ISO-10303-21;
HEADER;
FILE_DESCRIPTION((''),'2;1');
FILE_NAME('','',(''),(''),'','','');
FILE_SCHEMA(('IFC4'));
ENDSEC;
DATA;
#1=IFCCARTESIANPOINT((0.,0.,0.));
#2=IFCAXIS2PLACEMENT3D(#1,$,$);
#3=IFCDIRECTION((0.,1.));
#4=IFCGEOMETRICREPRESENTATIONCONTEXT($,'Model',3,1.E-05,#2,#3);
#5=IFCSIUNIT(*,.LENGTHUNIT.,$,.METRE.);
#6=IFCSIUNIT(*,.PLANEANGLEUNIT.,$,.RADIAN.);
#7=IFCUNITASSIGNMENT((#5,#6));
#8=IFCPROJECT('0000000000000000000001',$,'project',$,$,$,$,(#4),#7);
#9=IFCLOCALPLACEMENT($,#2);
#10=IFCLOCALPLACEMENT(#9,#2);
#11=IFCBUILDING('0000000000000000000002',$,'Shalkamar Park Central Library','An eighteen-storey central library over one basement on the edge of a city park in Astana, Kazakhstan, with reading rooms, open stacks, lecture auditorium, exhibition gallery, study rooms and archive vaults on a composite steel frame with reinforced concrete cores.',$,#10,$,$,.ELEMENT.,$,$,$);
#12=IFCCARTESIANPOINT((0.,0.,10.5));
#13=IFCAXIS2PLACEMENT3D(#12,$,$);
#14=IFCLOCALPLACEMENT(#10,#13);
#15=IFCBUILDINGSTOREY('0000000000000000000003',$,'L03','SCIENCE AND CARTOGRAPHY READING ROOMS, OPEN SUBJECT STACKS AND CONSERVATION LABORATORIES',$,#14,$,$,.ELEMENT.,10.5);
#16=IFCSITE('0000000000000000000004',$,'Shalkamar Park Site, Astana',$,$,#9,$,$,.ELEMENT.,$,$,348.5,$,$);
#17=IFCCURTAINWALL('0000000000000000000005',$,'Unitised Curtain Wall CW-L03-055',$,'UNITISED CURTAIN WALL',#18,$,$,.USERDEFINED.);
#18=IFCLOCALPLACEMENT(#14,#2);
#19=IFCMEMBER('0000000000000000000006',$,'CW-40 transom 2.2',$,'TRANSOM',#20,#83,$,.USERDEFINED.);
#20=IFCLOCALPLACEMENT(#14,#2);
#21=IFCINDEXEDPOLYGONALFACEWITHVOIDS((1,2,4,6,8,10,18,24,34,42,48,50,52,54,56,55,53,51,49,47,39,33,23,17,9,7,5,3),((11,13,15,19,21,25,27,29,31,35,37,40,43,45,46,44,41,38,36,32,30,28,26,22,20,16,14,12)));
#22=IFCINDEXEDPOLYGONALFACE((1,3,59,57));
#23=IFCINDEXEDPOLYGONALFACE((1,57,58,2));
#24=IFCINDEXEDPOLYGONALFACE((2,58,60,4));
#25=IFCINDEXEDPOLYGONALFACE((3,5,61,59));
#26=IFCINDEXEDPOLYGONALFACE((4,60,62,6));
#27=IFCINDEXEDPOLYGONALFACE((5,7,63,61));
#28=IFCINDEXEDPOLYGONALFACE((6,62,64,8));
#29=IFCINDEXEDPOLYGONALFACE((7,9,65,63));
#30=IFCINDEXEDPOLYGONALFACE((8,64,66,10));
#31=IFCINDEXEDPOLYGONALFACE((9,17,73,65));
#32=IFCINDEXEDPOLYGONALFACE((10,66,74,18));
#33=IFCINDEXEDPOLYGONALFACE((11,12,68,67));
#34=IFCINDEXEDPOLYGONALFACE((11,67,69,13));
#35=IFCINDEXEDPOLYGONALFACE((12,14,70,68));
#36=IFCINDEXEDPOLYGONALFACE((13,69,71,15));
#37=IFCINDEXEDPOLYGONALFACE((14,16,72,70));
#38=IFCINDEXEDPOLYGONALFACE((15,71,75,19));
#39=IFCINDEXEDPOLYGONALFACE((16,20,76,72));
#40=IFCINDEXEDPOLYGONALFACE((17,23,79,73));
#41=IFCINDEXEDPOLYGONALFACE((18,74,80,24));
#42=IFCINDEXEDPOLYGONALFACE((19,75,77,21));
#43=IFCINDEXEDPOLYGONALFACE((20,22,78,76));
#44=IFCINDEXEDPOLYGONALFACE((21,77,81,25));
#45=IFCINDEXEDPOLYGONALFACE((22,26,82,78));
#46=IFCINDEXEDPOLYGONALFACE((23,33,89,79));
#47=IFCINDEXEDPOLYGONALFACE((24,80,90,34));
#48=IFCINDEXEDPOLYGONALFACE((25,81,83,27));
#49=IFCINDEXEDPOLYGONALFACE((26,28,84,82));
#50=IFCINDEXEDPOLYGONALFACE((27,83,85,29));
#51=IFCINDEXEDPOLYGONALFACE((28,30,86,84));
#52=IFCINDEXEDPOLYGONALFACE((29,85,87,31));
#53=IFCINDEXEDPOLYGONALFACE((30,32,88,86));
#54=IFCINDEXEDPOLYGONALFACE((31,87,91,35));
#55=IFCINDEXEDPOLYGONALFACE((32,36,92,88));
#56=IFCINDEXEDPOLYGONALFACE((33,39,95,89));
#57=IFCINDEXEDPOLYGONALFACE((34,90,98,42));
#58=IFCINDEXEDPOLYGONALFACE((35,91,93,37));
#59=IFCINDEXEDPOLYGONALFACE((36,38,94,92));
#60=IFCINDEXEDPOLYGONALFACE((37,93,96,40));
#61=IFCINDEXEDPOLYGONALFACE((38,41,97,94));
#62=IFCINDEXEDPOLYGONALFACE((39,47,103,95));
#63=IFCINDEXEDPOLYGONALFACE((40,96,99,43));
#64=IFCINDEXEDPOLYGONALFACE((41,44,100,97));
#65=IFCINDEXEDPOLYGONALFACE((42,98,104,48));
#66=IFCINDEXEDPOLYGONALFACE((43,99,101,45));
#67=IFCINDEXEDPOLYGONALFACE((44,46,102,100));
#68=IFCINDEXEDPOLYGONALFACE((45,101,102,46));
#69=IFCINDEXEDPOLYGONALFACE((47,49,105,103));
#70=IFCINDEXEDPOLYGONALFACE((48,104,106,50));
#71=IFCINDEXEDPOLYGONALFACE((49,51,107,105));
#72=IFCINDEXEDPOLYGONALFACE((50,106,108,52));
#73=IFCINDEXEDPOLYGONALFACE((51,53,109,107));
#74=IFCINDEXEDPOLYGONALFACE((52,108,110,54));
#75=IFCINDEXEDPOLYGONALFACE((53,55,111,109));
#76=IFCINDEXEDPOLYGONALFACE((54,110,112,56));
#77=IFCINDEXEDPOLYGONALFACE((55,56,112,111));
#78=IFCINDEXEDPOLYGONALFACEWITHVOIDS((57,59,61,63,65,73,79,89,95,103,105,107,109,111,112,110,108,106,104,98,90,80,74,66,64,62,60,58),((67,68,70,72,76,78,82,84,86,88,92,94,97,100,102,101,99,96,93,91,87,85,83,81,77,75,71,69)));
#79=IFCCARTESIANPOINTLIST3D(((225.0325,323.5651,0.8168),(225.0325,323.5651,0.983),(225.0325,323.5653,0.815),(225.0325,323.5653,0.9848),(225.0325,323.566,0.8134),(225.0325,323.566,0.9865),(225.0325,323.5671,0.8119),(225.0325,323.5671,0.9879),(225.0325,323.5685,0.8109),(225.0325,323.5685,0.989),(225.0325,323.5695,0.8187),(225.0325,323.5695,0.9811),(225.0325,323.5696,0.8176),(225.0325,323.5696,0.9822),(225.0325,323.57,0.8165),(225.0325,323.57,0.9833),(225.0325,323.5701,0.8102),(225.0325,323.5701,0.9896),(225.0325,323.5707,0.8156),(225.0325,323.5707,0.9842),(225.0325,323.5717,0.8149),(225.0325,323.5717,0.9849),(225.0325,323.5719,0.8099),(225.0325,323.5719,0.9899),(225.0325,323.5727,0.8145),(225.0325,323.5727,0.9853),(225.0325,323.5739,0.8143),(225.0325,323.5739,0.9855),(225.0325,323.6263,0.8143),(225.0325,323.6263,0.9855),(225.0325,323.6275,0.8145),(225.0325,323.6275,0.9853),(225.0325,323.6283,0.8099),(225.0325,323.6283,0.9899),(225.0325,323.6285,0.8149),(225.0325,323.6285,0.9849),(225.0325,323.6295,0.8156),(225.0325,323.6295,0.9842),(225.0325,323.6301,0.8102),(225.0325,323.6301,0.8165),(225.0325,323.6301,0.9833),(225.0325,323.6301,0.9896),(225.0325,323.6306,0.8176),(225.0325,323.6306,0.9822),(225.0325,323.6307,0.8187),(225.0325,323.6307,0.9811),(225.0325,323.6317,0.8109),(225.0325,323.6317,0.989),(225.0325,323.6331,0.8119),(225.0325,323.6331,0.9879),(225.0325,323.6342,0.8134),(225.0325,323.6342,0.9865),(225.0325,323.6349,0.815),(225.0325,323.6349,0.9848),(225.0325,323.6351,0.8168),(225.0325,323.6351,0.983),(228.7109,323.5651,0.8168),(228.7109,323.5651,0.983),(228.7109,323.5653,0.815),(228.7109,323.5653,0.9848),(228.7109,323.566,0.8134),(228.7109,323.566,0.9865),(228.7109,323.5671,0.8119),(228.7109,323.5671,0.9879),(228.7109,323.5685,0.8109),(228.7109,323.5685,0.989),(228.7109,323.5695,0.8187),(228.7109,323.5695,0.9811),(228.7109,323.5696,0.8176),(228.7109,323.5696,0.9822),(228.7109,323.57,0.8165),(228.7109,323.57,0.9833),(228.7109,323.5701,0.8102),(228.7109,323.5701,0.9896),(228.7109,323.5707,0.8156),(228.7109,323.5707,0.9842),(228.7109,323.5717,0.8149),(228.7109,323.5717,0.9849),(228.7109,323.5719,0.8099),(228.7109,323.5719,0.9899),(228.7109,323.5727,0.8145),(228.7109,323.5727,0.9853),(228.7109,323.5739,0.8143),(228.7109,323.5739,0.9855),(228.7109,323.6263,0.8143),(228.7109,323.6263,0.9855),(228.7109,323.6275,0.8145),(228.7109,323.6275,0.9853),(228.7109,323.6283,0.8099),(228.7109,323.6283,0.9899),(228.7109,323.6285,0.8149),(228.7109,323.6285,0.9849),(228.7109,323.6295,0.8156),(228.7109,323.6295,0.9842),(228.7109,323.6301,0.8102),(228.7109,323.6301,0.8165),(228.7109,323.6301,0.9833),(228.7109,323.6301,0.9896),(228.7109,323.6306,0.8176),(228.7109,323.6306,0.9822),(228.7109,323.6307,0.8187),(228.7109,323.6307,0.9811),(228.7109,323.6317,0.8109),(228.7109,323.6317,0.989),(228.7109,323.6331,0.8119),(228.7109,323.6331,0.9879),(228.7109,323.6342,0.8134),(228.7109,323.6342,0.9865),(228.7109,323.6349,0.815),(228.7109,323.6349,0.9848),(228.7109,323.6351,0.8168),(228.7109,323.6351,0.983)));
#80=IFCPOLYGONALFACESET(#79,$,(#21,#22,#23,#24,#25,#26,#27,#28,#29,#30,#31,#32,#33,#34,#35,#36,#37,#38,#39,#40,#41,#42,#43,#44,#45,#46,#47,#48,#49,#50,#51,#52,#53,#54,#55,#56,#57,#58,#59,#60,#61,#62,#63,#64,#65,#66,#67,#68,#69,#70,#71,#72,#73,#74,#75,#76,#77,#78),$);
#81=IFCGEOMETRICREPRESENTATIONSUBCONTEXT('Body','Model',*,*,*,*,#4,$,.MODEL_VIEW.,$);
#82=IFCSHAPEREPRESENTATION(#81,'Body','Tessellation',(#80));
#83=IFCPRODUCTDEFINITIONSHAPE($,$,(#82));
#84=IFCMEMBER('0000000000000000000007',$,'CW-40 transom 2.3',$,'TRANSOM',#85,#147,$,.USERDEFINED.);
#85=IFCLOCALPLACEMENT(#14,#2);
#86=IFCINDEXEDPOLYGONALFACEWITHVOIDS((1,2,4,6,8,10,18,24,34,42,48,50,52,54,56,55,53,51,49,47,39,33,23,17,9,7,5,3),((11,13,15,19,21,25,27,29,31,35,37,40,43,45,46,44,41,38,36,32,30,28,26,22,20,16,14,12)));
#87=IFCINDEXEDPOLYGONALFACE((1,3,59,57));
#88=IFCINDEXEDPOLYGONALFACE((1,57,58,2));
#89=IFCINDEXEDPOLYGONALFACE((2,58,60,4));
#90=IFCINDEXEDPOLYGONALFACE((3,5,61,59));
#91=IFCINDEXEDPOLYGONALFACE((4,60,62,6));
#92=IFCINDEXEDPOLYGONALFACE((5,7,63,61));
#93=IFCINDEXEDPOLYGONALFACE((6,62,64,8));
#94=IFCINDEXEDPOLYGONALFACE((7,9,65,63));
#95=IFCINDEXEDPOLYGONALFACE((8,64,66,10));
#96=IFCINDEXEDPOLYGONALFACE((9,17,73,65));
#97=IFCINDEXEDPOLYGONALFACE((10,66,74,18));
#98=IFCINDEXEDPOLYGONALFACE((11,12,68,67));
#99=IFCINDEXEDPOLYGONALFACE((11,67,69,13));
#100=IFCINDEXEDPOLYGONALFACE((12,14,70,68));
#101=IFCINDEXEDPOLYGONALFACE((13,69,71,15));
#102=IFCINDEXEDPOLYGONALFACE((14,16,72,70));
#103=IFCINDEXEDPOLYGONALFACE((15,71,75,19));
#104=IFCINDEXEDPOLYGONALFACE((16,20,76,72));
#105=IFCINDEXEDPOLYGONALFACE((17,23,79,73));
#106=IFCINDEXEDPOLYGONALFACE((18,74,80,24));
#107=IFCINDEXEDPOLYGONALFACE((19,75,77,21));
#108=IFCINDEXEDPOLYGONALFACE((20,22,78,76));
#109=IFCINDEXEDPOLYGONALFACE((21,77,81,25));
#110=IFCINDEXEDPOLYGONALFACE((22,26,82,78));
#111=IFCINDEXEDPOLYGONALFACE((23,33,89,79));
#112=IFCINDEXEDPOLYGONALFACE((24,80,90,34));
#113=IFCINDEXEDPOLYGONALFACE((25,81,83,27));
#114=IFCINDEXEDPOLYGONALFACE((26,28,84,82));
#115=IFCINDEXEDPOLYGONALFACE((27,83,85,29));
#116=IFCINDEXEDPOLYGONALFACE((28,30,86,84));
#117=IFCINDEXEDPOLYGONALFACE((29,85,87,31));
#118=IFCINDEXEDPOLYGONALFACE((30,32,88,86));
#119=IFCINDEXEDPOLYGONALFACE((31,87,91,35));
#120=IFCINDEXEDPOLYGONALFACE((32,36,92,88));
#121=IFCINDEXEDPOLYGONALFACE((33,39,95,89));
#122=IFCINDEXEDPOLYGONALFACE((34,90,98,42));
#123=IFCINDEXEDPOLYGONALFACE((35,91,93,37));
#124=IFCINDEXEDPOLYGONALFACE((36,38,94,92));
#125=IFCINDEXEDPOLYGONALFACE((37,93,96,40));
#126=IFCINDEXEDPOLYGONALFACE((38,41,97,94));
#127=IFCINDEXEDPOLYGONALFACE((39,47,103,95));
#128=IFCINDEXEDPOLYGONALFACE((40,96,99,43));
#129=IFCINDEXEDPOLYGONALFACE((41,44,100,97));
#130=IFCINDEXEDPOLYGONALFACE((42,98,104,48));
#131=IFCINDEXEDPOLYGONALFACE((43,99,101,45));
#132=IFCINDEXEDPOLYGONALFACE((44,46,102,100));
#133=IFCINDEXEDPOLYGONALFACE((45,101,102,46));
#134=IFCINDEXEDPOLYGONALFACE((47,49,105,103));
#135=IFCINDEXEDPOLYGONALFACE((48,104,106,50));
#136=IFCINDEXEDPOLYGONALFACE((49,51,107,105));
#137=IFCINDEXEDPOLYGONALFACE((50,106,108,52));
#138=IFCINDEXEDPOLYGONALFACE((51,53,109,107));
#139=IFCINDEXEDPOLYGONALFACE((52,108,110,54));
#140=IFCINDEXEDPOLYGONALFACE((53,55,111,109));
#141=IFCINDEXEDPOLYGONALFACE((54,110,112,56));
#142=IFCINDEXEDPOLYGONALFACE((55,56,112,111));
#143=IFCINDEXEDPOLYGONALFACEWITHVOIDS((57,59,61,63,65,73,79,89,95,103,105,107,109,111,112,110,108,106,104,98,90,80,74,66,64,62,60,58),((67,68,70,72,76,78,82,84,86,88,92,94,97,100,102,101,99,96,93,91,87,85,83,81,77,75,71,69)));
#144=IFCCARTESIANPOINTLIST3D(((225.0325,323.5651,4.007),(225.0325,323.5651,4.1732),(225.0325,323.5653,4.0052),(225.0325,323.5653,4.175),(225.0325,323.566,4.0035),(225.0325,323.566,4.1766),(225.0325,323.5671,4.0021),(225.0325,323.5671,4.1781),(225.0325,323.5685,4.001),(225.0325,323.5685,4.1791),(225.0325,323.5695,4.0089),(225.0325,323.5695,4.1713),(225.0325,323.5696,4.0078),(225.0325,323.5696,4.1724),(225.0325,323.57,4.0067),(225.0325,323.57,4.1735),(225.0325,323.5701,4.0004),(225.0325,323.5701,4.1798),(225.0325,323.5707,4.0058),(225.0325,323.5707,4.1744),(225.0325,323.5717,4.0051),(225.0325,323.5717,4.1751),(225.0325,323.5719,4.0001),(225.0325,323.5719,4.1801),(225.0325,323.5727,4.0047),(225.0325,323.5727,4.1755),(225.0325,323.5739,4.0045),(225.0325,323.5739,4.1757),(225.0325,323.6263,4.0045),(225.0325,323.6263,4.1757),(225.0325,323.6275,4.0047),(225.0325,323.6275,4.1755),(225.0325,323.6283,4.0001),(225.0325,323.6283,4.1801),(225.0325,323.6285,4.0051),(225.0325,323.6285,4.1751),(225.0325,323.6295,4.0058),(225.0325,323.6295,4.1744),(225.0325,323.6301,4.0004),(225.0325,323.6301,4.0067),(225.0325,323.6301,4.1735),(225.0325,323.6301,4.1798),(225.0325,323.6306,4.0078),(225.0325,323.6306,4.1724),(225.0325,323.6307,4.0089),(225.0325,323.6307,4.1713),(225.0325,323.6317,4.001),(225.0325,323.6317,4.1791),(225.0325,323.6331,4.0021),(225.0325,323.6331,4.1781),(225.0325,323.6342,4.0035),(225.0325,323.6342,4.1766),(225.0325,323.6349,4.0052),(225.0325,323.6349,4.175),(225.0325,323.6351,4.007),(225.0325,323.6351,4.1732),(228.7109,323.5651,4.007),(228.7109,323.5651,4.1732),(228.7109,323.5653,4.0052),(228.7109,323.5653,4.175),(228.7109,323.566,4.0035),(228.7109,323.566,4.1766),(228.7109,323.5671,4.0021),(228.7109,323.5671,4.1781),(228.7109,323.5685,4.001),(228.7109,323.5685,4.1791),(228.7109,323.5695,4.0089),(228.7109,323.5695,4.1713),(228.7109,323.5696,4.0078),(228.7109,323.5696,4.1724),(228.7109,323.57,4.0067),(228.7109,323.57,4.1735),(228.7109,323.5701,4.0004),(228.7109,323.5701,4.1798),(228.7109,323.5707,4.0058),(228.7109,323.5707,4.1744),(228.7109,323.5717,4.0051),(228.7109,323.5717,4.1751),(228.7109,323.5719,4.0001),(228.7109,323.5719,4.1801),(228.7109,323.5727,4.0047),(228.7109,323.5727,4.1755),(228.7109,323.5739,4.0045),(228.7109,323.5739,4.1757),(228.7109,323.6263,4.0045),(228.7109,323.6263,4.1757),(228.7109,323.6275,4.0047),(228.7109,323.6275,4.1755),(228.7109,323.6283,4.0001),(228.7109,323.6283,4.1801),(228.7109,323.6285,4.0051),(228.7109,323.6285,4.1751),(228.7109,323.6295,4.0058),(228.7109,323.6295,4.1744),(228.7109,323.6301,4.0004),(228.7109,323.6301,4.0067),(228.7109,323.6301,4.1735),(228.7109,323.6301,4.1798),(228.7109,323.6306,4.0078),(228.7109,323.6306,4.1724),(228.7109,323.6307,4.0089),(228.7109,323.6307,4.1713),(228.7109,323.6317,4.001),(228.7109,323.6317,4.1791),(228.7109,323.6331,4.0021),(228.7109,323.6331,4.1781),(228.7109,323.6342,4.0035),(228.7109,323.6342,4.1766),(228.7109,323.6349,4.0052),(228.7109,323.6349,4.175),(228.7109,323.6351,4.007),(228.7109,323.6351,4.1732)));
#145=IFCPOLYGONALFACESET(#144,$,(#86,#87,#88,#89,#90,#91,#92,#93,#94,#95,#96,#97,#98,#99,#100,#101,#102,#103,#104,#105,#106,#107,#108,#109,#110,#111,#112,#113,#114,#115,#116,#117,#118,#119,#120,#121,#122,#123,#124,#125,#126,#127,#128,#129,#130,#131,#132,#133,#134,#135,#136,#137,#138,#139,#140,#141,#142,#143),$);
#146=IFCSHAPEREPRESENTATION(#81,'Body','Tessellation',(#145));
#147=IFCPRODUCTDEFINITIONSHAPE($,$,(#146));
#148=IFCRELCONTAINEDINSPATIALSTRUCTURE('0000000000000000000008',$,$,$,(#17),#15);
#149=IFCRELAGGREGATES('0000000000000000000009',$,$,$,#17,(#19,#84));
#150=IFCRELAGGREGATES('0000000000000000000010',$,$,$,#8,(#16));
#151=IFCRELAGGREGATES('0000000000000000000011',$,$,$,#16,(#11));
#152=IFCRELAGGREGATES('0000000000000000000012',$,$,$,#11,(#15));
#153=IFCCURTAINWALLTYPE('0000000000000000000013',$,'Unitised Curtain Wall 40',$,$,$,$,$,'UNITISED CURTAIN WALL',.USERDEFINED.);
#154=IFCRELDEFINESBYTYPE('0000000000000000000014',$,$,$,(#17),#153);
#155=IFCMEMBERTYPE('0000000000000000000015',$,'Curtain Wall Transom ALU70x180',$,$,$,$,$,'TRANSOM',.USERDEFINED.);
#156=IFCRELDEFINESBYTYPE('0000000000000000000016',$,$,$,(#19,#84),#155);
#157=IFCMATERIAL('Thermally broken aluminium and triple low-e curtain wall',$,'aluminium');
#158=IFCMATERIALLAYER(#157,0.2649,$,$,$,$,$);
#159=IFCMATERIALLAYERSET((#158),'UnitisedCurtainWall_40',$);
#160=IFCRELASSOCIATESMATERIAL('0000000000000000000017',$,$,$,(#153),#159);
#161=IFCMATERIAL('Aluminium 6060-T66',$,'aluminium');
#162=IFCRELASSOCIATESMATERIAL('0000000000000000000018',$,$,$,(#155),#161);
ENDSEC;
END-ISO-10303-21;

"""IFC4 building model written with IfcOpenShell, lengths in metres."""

from ifc_helpers import new_model, si_unit, direction, frame, origin, origin_2d, place, context, subcontext, project, spatial, hollow_rectangle, extrude, material, layer, layer_set, material_profile, profile_set, type_object, element, aggregate, save


model = new_model("IFC4")

# Units and contexts
model_context = context("Model", 3, precision=1e-05, world=origin(), true_north=direction((0.0, 1.0)))
body_context = subcontext(model_context, "Body", "Model", "MODEL_VIEW")
ifc_project = project(units=[si_unit("LENGTHUNIT", "METRE"), si_unit("PLANEANGLEUNIT", "RADIAN")], contexts=[model_context])

# Site, building, storey
site_placement = place(None, origin())
site = spatial("IfcSite", under=ifc_project, at=site_placement, Name="Shalkamar Park Site, Astana", CompositionType="ELEMENT", RefElevation=348.5)
building_placement = place(site_placement, origin())
building = spatial("IfcBuilding", under=site, at=building_placement, Name="Shalkamar Park Central Library", Description="An eighteen-storey central library over one basement on the edge of a city park in Astana, Kazakhstan, with reading rooms, open stacks, lecture auditorium, exhibition gallery, study rooms and archive vaults on a composite steel frame with reinforced concrete cores.", CompositionType="ELEMENT")
storey_placement = place(building_placement, frame((0.0, 0.0, 10.5)))
storey = spatial("IfcBuildingStorey", under=building, at=storey_placement, Name="L03", Description="SCIENCE AND CARTOGRAPHY READING ROOMS, OPEN SUBJECT STACKS AND CONSERVATION LABORATORIES", CompositionType="ELEMENT", Elevation=10.5)

# Curtain wall, members
ifc_material_1 = material(Name="Thermally broken aluminium and triple low-e curtain wall", Category="aluminium")
ifc_layer_1 = layer(ifc_material_1, 0.2649)
ifc_layer_set_1 = layer_set([ifc_layer_1], Name="UnitisedCurtainWall_40")
curtain_wall_type = type_object("IfcCurtainWallType", Name="Unitised Curtain Wall 40", ElementType="UNITISED CURTAIN WALL", PredefinedType="USERDEFINED", material=ifc_layer_set_1)
curtain_wall_placement = place(storey_placement, origin())
curtain_wall = element("IfcCurtainWall", 1, at=curtain_wall_placement, inside=storey, type_object=curtain_wall_type, Name="Unitised Curtain Wall CW-L03-055", ObjectType="UNITISED CURTAIN WALL", PredefinedType="USERDEFINED")
ifc_material_2 = material(Name="Aluminium 6060-T66", Category="aluminium")
ifc_material_profile_1 = material_profile(ifc_material_2, hollow_rectangle(XDim=0.0701, YDim=0.1799, WallThickness=0.0044, InnerFilletRadius=0.0044, OuterFilletRadius=0.0068, at=origin_2d()), Name="ALU 70x180x4.5")
ifc_profile_set_1 = profile_set([ifc_material_profile_1], Name="Aluminium 6060-T66")
member_type_1 = type_object("IfcMemberType", Name="Curtain Wall Transom ALU70x180", ElementType="TRANSOM", PredefinedType="USERDEFINED", material=ifc_profile_set_1)
member_1_placement = place(storey_placement, frame((225.0325, 323.6001, 0.8999), z_axis=(1.0, 0.0, 0.0), x_axis=(0.0, 1.0, 0.0)))
member_1 = element("IfcMember", 2, at=member_1_placement, type_object=member_type_1, Name="CW-40 transom 2.2", ObjectType="TRANSOM", PredefinedType="USERDEFINED", context=body_context, shape_type="SweptSolid", body=[
    extrude(hollow_rectangle(XDim=0.0701, YDim=0.1799, WallThickness=0.0044, InnerFilletRadius=0.0044, OuterFilletRadius=0.0068, at=origin_2d()), origin(), (0.0, 0.0, 1.0), 3.6785),
])
member_2_placement = place(storey_placement, frame((225.0325, 323.6001, 4.0901), z_axis=(1.0, 0.0, 0.0), x_axis=(0.0, 1.0, 0.0)))
member_2 = element("IfcMember", 3, at=member_2_placement, type_object=member_type_1, Name="CW-40 transom 2.3", ObjectType="TRANSOM", PredefinedType="USERDEFINED", context=body_context, shape_type="SweptSolid", body=[
    extrude(hollow_rectangle(XDim=0.0701, YDim=0.1799, WallThickness=0.0044, InnerFilletRadius=0.0044, OuterFilletRadius=0.0068, at=origin_2d()), origin(), (0.0, 0.0, 1.0), 3.6785),
])

aggregate(curtain_wall, [member_1, member_2])

save(model, "model.ifc")
